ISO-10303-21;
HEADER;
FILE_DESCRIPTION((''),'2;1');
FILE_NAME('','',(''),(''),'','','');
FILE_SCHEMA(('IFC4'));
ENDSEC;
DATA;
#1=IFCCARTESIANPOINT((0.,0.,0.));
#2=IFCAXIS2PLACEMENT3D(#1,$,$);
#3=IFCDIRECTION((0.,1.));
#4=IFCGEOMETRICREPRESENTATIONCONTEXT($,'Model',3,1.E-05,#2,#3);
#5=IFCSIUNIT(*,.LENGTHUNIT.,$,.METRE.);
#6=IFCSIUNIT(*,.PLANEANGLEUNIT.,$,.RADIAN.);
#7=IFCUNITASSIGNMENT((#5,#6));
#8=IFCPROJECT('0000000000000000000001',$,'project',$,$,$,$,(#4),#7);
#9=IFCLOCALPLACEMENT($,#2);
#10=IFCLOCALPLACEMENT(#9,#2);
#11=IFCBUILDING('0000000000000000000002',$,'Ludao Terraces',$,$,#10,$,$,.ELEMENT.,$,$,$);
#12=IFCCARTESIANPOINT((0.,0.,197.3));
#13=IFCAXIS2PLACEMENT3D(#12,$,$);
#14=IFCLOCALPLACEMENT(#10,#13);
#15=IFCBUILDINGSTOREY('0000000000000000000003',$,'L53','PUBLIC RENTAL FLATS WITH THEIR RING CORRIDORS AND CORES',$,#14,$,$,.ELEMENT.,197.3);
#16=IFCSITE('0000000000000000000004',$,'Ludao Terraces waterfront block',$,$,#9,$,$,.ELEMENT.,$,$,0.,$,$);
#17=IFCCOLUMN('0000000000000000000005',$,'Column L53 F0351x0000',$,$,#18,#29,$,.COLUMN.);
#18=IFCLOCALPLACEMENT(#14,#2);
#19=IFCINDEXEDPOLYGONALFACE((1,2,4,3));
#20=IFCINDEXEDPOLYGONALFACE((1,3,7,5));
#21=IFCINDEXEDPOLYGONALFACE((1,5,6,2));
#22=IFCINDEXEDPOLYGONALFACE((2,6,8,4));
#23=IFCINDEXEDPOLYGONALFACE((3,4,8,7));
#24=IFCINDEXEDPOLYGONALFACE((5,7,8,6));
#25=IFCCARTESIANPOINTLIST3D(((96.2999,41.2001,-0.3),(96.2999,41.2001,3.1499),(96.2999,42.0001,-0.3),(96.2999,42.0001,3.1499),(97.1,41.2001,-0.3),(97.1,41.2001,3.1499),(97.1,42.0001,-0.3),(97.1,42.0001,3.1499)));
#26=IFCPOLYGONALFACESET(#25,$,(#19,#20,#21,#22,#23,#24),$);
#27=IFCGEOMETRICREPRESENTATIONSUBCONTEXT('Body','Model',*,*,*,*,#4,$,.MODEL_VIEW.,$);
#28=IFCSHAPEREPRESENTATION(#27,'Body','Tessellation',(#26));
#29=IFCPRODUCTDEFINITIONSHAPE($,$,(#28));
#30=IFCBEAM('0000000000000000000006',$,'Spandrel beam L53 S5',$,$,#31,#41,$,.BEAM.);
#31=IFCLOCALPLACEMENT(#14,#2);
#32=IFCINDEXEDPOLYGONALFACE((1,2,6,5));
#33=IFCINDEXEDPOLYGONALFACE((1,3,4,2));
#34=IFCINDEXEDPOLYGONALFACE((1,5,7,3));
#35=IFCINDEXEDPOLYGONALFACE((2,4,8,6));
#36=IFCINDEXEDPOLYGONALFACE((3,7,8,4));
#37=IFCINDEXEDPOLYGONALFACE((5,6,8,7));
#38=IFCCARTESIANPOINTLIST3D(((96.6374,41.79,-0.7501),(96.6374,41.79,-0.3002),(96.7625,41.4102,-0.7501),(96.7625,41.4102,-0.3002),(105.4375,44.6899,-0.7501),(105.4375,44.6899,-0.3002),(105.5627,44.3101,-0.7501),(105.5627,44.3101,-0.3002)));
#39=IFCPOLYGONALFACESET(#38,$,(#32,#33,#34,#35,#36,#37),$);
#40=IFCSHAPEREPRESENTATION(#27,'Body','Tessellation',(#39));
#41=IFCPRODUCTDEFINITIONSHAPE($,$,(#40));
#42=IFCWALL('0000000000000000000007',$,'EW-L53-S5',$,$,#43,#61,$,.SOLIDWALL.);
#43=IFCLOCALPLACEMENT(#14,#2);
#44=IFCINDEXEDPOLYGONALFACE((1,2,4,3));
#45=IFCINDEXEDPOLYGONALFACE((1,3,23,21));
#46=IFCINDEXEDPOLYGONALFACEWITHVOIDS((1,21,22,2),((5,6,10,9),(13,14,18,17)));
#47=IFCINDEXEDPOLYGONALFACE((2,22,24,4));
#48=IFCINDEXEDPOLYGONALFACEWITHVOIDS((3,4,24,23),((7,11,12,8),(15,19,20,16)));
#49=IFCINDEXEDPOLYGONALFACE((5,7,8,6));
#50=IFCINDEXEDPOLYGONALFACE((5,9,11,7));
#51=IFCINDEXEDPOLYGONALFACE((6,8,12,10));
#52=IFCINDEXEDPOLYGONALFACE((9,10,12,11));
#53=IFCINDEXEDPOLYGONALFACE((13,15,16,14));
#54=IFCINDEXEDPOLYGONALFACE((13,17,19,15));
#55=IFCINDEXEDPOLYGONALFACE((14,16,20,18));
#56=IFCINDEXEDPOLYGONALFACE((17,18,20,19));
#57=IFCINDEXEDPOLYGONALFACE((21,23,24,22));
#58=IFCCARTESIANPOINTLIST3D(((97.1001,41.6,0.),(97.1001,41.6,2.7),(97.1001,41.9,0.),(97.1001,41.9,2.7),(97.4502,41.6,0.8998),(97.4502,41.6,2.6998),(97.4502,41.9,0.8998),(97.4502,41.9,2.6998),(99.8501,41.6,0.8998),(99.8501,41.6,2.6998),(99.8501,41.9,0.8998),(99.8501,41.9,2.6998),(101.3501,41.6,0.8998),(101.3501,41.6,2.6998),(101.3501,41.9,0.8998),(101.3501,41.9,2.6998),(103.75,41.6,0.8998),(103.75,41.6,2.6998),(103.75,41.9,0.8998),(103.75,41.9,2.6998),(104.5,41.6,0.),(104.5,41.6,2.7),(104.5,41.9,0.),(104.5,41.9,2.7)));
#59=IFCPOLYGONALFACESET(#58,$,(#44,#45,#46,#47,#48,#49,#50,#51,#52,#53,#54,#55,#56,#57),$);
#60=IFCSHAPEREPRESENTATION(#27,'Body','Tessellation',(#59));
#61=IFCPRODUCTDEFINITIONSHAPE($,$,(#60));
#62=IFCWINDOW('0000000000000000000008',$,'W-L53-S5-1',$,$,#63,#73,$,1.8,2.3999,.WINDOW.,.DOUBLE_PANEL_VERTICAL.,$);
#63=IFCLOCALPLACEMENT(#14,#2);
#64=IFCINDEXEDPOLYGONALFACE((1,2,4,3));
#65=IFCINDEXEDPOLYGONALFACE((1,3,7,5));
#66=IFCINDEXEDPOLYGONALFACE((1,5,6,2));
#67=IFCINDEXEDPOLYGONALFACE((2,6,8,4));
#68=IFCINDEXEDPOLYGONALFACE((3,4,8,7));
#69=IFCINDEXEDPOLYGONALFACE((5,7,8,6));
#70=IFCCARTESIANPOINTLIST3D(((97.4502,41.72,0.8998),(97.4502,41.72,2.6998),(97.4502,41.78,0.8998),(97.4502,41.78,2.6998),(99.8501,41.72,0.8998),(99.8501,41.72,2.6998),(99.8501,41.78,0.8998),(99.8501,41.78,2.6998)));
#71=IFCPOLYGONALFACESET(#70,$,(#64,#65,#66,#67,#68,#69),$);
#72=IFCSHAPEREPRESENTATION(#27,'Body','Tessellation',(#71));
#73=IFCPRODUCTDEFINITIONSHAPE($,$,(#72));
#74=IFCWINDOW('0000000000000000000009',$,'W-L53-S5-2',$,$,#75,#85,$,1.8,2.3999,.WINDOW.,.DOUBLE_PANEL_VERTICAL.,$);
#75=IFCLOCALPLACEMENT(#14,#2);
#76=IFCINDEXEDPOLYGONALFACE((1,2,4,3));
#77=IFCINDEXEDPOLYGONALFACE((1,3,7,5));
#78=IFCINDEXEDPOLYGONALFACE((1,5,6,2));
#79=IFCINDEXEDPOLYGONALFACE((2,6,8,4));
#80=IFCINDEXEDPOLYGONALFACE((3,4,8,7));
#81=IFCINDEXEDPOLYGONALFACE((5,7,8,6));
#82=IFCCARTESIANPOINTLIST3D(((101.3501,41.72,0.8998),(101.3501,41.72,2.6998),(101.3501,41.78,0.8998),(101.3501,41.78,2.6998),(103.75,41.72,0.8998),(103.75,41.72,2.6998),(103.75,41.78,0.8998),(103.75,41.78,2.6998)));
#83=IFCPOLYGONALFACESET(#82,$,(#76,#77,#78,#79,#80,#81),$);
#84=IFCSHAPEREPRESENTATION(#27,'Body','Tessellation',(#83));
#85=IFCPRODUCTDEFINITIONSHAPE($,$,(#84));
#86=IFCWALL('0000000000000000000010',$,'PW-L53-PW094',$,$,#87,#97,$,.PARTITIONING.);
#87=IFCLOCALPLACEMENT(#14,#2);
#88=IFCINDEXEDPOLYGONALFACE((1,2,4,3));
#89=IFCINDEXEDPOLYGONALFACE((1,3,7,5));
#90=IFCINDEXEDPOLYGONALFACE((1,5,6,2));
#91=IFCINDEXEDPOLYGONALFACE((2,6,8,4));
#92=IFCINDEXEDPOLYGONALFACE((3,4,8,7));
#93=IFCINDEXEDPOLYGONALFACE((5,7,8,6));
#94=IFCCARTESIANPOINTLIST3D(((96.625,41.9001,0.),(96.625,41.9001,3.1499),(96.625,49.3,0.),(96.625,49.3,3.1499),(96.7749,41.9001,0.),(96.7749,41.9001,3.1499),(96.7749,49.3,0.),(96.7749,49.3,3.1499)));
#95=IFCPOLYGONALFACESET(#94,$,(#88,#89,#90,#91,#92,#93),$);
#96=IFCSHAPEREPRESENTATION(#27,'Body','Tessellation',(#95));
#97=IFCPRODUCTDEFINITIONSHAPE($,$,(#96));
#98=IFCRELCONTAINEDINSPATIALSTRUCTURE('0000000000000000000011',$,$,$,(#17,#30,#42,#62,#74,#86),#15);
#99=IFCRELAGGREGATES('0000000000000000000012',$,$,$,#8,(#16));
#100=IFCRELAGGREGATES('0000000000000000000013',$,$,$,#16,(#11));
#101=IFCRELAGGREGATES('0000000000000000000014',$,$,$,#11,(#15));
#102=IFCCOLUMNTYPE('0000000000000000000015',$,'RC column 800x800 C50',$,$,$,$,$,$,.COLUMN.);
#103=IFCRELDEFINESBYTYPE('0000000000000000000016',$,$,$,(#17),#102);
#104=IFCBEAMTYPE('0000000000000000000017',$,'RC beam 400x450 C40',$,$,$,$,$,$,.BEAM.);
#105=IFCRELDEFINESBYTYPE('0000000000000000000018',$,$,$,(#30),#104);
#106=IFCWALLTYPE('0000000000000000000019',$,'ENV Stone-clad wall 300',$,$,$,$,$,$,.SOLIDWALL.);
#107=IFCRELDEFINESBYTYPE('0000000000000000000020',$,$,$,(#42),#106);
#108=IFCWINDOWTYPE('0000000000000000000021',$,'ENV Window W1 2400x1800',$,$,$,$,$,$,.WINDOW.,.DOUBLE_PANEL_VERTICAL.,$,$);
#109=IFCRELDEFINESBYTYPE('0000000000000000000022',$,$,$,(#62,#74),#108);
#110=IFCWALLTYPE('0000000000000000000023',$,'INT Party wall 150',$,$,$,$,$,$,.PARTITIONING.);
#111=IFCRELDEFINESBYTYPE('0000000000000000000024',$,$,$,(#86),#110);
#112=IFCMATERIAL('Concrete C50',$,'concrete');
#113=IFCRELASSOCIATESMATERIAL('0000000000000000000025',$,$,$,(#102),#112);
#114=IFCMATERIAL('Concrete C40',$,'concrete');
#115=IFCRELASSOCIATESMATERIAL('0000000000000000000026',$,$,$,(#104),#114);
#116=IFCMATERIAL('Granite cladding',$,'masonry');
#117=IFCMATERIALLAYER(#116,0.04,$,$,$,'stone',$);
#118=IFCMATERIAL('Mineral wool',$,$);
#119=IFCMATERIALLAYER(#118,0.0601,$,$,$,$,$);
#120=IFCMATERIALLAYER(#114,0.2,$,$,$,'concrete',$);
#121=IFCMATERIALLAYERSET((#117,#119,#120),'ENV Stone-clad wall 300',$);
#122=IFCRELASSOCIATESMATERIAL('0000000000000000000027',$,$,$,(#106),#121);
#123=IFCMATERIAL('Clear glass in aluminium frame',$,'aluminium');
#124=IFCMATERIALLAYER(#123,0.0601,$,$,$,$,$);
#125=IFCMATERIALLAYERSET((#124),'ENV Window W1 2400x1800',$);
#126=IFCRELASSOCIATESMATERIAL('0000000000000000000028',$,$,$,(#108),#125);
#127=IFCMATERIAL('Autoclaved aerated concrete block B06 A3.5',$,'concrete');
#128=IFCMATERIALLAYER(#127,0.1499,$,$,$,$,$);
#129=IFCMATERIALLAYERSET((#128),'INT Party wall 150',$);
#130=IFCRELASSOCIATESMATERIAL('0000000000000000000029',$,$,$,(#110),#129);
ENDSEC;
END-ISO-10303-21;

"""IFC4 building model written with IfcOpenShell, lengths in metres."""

from ifc_helpers import new_model, si_unit, direction, frame, frame_2d, origin, origin_2d, place, context, subcontext, project, spatial, rectangle, extrude, material, layer, layer_set, material_profile, profile_set, type_object, element, fill, save


model = new_model("IFC4")

# Units and contexts
model_context = context("Model", 3, precision=1e-05, world=origin(), true_north=direction((0.0, 1.0)))
body_context = subcontext(model_context, "Body", "Model", "MODEL_VIEW")
ifc_project = project(units=[si_unit("LENGTHUNIT", "METRE"), si_unit("PLANEANGLEUNIT", "RADIAN")], contexts=[model_context])

# Site, building, storey
site_placement = place(None, origin())
site = spatial("IfcSite", under=ifc_project, at=site_placement, Name="Ludao Terraces waterfront block", CompositionType="ELEMENT", RefElevation=0.0)
building_placement = place(site_placement, origin())
building = spatial("IfcBuilding", under=site, at=building_placement, Name="Ludao Terraces", CompositionType="ELEMENT")
storey_placement = place(building_placement, frame((0.0, 0.0, 197.3)))
storey = spatial("IfcBuildingStorey", under=building, at=storey_placement, Name="L53", Description="PUBLIC RENTAL FLATS WITH THEIR RING CORRIDORS AND CORES", CompositionType="ELEMENT", Elevation=197.3)

# Column
ifc_material_1 = material(Name="Concrete C50", Category="concrete")
ifc_material_profile_1 = material_profile(ifc_material_1, rectangle(XDim=0.8, YDim=0.8, at=origin_2d()), Name="800 X 800")
ifc_profile_set_1 = profile_set([ifc_material_profile_1], Name="Concrete C50")
column_type = type_object("IfcColumnType", Name="RC column 800x800 C50", PredefinedType="COLUMN", material=ifc_profile_set_1)
column_placement = place(storey_placement, frame((96.7, 41.6001, -0.3), z_axis=(0.0, 0.0, 1.0), x_axis=(1.0, 0.0, 0.0)))
element("IfcColumn", 1, at=column_placement, inside=storey, type_object=column_type, Name="Column L53 F0351x0000", PredefinedType="COLUMN", context=body_context, shape_type="SweptSolid", body=[
    extrude(rectangle(XDim=0.8, YDim=0.8, at=origin_2d()), origin(), (0.0, 0.0, 1.0), 3.45),
])

# Beam
ifc_material_2 = material(Name="Concrete C40", Category="concrete")
ifc_material_profile_2 = material_profile(ifc_material_2, rectangle(XDim=0.3999, YDim=0.45, at=origin_2d()), Name="400 X 450")
ifc_profile_set_2 = profile_set([ifc_material_profile_2], Name="Concrete C40")
beam_type = type_object("IfcBeamType", Name="RC beam 400x450 C40", PredefinedType="BEAM", material=ifc_profile_set_2)
beam_placement = place(storey_placement, frame((96.7, 41.6001, -0.5251), z_axis=(0.949761, 0.312977, 0.0), x_axis=(-0.312977, 0.949761, 0.0)))
element("IfcBeam", 2, at=beam_placement, inside=storey, type_object=beam_type, Name="Spandrel beam L53 S5", PredefinedType="BEAM", context=body_context, shape_type="SweptSolid", body=[
    extrude(rectangle(XDim=0.3999, YDim=0.45, at=origin_2d()), origin(), (0.0, 0.0, 1.0), 9.2656),
])

# Wall, openings, windows
ifc_material_3 = material(Name="Granite cladding", Category="masonry")
ifc_layer_1 = layer(ifc_material_3, 0.04, Category="stone")
ifc_material_4 = material(Name="Mineral wool")
ifc_layer_2 = layer(ifc_material_4, 0.0601)
ifc_layer_3 = layer(ifc_material_2, 0.2, Category="concrete")
ifc_layer_set_1 = layer_set([ifc_layer_1, ifc_layer_2, ifc_layer_3], Name="ENV Stone-clad wall 300")
wall_type_1 = type_object("IfcWallType", Name="ENV Stone-clad wall 300", PredefinedType="SOLIDWALL", material=ifc_layer_set_1)
wall_1_placement = place(storey_placement, frame((97.1001, 41.75, 0.0), z_axis=(0.0, 0.0, 1.0), x_axis=(1.0, 0.0, 0.0)))
wall_1 = element("IfcWall", 3, at=wall_1_placement, inside=storey, type_object=wall_type_1, Name="EW-L53-S5", PredefinedType="SOLIDWALL", context=body_context, shape_type="SweptSolid", body=[
    extrude(rectangle(XDim=7.3999, YDim=0.3, at=frame_2d((3.7, 0.0))), origin(), (0.0, 0.0, 1.0), 2.7),
])
opening_1_placement = place(wall_1_placement, frame((0.3501, 0.0, 0.8999)))
opening_1 = element("IfcOpeningElement", 4, at=opening_1_placement, cuts=wall_1, PredefinedType="OPENING", context=body_context, shape_type="SweptSolid", body=[
    extrude(rectangle(XDim=2.3999, YDim=1.8, at=frame_2d((1.2, 0.8999))), frame((0.0, 0.1602, 0.0), z_axis=(0.0, -1.0, 0.0), x_axis=(1.0, 0.0, 0.0)), (0.0, 0.0, 1.0), 0.3201),
])
opening_2_placement = place(wall_1_placement, frame((4.25, 0.0, 0.8999)))
opening_2 = element("IfcOpeningElement", 5, at=opening_2_placement, cuts=wall_1, PredefinedType="OPENING", context=body_context, shape_type="SweptSolid", body=[
    extrude(rectangle(XDim=2.3999, YDim=1.8, at=frame_2d((1.2, 0.8999))), frame((0.0, 0.1602, 0.0), z_axis=(0.0, -1.0, 0.0), x_axis=(1.0, 0.0, 0.0)), (0.0, 0.0, 1.0), 0.3201),
])
ifc_material_5 = material(Name="Clear glass in aluminium frame", Category="aluminium")
ifc_layer_4 = layer(ifc_material_5, 0.0601)
ifc_layer_set_2 = layer_set([ifc_layer_4], Name="ENV Window W1 2400x1800")
window_type = type_object("IfcWindowType", Name="ENV Window W1 2400x1800", PartitioningType="DOUBLE_PANEL_VERTICAL", PredefinedType="WINDOW", material=ifc_layer_set_2)
window_1_placement = place(opening_1_placement, origin())
window_1 = element("IfcWindow", 6, at=window_1_placement, inside=storey, type_object=window_type, Name="W-L53-S5-1", OverallHeight=1.8, OverallWidth=2.3999, PartitioningType="DOUBLE_PANEL_VERTICAL", PredefinedType="WINDOW", context=body_context, shape_type="SweptSolid", body=[
    extrude(rectangle(XDim=2.3999, YDim=1.8, at=frame_2d((1.2, 0.8999))), frame((0.0, 0.03, 0.0), z_axis=(0.0, -1.0, 0.0), x_axis=(1.0, 0.0, 0.0)), (0.0, 0.0, 1.0), 0.0601),
])
fill(opening_1, window_1)
window_2_placement = place(opening_2_placement, origin())
window_2 = element("IfcWindow", 7, at=window_2_placement, inside=storey, type_object=window_type, Name="W-L53-S5-2", OverallHeight=1.8, OverallWidth=2.3999, PartitioningType="DOUBLE_PANEL_VERTICAL", PredefinedType="WINDOW", context=body_context, shape_type="SweptSolid", body=[
    extrude(rectangle(XDim=2.3999, YDim=1.8, at=frame_2d((1.2, 0.8999))), frame((0.0, 0.03, 0.0), z_axis=(0.0, -1.0, 0.0), x_axis=(1.0, 0.0, 0.0)), (0.0, 0.0, 1.0), 0.0601),
])
fill(opening_2, window_2)

# Wall
ifc_material_6 = material(Name="Autoclaved aerated concrete block B06 A3.5", Category="concrete")
ifc_layer_5 = layer(ifc_material_6, 0.1499)
ifc_layer_set_3 = layer_set([ifc_layer_5], Name="INT Party wall 150")
wall_type_2 = type_object("IfcWallType", Name="INT Party wall 150", PredefinedType="PARTITIONING", material=ifc_layer_set_3)
wall_2_placement = place(storey_placement, frame((96.7, 41.9001, 0.0), z_axis=(0.0, 0.0, 1.0), x_axis=(0.0, 1.0, 0.0)))
element("IfcWall", 8, at=wall_2_placement, inside=storey, type_object=wall_type_2, Name="PW-L53-PW094", PredefinedType="PARTITIONING", context=body_context, shape_type="SweptSolid", body=[
    extrude(rectangle(XDim=7.3999, YDim=0.1499, at=frame_2d((3.7, 0.0))), origin(), (0.0, 0.0, 1.0), 3.1499),
])

save(model, "model.ifc")
